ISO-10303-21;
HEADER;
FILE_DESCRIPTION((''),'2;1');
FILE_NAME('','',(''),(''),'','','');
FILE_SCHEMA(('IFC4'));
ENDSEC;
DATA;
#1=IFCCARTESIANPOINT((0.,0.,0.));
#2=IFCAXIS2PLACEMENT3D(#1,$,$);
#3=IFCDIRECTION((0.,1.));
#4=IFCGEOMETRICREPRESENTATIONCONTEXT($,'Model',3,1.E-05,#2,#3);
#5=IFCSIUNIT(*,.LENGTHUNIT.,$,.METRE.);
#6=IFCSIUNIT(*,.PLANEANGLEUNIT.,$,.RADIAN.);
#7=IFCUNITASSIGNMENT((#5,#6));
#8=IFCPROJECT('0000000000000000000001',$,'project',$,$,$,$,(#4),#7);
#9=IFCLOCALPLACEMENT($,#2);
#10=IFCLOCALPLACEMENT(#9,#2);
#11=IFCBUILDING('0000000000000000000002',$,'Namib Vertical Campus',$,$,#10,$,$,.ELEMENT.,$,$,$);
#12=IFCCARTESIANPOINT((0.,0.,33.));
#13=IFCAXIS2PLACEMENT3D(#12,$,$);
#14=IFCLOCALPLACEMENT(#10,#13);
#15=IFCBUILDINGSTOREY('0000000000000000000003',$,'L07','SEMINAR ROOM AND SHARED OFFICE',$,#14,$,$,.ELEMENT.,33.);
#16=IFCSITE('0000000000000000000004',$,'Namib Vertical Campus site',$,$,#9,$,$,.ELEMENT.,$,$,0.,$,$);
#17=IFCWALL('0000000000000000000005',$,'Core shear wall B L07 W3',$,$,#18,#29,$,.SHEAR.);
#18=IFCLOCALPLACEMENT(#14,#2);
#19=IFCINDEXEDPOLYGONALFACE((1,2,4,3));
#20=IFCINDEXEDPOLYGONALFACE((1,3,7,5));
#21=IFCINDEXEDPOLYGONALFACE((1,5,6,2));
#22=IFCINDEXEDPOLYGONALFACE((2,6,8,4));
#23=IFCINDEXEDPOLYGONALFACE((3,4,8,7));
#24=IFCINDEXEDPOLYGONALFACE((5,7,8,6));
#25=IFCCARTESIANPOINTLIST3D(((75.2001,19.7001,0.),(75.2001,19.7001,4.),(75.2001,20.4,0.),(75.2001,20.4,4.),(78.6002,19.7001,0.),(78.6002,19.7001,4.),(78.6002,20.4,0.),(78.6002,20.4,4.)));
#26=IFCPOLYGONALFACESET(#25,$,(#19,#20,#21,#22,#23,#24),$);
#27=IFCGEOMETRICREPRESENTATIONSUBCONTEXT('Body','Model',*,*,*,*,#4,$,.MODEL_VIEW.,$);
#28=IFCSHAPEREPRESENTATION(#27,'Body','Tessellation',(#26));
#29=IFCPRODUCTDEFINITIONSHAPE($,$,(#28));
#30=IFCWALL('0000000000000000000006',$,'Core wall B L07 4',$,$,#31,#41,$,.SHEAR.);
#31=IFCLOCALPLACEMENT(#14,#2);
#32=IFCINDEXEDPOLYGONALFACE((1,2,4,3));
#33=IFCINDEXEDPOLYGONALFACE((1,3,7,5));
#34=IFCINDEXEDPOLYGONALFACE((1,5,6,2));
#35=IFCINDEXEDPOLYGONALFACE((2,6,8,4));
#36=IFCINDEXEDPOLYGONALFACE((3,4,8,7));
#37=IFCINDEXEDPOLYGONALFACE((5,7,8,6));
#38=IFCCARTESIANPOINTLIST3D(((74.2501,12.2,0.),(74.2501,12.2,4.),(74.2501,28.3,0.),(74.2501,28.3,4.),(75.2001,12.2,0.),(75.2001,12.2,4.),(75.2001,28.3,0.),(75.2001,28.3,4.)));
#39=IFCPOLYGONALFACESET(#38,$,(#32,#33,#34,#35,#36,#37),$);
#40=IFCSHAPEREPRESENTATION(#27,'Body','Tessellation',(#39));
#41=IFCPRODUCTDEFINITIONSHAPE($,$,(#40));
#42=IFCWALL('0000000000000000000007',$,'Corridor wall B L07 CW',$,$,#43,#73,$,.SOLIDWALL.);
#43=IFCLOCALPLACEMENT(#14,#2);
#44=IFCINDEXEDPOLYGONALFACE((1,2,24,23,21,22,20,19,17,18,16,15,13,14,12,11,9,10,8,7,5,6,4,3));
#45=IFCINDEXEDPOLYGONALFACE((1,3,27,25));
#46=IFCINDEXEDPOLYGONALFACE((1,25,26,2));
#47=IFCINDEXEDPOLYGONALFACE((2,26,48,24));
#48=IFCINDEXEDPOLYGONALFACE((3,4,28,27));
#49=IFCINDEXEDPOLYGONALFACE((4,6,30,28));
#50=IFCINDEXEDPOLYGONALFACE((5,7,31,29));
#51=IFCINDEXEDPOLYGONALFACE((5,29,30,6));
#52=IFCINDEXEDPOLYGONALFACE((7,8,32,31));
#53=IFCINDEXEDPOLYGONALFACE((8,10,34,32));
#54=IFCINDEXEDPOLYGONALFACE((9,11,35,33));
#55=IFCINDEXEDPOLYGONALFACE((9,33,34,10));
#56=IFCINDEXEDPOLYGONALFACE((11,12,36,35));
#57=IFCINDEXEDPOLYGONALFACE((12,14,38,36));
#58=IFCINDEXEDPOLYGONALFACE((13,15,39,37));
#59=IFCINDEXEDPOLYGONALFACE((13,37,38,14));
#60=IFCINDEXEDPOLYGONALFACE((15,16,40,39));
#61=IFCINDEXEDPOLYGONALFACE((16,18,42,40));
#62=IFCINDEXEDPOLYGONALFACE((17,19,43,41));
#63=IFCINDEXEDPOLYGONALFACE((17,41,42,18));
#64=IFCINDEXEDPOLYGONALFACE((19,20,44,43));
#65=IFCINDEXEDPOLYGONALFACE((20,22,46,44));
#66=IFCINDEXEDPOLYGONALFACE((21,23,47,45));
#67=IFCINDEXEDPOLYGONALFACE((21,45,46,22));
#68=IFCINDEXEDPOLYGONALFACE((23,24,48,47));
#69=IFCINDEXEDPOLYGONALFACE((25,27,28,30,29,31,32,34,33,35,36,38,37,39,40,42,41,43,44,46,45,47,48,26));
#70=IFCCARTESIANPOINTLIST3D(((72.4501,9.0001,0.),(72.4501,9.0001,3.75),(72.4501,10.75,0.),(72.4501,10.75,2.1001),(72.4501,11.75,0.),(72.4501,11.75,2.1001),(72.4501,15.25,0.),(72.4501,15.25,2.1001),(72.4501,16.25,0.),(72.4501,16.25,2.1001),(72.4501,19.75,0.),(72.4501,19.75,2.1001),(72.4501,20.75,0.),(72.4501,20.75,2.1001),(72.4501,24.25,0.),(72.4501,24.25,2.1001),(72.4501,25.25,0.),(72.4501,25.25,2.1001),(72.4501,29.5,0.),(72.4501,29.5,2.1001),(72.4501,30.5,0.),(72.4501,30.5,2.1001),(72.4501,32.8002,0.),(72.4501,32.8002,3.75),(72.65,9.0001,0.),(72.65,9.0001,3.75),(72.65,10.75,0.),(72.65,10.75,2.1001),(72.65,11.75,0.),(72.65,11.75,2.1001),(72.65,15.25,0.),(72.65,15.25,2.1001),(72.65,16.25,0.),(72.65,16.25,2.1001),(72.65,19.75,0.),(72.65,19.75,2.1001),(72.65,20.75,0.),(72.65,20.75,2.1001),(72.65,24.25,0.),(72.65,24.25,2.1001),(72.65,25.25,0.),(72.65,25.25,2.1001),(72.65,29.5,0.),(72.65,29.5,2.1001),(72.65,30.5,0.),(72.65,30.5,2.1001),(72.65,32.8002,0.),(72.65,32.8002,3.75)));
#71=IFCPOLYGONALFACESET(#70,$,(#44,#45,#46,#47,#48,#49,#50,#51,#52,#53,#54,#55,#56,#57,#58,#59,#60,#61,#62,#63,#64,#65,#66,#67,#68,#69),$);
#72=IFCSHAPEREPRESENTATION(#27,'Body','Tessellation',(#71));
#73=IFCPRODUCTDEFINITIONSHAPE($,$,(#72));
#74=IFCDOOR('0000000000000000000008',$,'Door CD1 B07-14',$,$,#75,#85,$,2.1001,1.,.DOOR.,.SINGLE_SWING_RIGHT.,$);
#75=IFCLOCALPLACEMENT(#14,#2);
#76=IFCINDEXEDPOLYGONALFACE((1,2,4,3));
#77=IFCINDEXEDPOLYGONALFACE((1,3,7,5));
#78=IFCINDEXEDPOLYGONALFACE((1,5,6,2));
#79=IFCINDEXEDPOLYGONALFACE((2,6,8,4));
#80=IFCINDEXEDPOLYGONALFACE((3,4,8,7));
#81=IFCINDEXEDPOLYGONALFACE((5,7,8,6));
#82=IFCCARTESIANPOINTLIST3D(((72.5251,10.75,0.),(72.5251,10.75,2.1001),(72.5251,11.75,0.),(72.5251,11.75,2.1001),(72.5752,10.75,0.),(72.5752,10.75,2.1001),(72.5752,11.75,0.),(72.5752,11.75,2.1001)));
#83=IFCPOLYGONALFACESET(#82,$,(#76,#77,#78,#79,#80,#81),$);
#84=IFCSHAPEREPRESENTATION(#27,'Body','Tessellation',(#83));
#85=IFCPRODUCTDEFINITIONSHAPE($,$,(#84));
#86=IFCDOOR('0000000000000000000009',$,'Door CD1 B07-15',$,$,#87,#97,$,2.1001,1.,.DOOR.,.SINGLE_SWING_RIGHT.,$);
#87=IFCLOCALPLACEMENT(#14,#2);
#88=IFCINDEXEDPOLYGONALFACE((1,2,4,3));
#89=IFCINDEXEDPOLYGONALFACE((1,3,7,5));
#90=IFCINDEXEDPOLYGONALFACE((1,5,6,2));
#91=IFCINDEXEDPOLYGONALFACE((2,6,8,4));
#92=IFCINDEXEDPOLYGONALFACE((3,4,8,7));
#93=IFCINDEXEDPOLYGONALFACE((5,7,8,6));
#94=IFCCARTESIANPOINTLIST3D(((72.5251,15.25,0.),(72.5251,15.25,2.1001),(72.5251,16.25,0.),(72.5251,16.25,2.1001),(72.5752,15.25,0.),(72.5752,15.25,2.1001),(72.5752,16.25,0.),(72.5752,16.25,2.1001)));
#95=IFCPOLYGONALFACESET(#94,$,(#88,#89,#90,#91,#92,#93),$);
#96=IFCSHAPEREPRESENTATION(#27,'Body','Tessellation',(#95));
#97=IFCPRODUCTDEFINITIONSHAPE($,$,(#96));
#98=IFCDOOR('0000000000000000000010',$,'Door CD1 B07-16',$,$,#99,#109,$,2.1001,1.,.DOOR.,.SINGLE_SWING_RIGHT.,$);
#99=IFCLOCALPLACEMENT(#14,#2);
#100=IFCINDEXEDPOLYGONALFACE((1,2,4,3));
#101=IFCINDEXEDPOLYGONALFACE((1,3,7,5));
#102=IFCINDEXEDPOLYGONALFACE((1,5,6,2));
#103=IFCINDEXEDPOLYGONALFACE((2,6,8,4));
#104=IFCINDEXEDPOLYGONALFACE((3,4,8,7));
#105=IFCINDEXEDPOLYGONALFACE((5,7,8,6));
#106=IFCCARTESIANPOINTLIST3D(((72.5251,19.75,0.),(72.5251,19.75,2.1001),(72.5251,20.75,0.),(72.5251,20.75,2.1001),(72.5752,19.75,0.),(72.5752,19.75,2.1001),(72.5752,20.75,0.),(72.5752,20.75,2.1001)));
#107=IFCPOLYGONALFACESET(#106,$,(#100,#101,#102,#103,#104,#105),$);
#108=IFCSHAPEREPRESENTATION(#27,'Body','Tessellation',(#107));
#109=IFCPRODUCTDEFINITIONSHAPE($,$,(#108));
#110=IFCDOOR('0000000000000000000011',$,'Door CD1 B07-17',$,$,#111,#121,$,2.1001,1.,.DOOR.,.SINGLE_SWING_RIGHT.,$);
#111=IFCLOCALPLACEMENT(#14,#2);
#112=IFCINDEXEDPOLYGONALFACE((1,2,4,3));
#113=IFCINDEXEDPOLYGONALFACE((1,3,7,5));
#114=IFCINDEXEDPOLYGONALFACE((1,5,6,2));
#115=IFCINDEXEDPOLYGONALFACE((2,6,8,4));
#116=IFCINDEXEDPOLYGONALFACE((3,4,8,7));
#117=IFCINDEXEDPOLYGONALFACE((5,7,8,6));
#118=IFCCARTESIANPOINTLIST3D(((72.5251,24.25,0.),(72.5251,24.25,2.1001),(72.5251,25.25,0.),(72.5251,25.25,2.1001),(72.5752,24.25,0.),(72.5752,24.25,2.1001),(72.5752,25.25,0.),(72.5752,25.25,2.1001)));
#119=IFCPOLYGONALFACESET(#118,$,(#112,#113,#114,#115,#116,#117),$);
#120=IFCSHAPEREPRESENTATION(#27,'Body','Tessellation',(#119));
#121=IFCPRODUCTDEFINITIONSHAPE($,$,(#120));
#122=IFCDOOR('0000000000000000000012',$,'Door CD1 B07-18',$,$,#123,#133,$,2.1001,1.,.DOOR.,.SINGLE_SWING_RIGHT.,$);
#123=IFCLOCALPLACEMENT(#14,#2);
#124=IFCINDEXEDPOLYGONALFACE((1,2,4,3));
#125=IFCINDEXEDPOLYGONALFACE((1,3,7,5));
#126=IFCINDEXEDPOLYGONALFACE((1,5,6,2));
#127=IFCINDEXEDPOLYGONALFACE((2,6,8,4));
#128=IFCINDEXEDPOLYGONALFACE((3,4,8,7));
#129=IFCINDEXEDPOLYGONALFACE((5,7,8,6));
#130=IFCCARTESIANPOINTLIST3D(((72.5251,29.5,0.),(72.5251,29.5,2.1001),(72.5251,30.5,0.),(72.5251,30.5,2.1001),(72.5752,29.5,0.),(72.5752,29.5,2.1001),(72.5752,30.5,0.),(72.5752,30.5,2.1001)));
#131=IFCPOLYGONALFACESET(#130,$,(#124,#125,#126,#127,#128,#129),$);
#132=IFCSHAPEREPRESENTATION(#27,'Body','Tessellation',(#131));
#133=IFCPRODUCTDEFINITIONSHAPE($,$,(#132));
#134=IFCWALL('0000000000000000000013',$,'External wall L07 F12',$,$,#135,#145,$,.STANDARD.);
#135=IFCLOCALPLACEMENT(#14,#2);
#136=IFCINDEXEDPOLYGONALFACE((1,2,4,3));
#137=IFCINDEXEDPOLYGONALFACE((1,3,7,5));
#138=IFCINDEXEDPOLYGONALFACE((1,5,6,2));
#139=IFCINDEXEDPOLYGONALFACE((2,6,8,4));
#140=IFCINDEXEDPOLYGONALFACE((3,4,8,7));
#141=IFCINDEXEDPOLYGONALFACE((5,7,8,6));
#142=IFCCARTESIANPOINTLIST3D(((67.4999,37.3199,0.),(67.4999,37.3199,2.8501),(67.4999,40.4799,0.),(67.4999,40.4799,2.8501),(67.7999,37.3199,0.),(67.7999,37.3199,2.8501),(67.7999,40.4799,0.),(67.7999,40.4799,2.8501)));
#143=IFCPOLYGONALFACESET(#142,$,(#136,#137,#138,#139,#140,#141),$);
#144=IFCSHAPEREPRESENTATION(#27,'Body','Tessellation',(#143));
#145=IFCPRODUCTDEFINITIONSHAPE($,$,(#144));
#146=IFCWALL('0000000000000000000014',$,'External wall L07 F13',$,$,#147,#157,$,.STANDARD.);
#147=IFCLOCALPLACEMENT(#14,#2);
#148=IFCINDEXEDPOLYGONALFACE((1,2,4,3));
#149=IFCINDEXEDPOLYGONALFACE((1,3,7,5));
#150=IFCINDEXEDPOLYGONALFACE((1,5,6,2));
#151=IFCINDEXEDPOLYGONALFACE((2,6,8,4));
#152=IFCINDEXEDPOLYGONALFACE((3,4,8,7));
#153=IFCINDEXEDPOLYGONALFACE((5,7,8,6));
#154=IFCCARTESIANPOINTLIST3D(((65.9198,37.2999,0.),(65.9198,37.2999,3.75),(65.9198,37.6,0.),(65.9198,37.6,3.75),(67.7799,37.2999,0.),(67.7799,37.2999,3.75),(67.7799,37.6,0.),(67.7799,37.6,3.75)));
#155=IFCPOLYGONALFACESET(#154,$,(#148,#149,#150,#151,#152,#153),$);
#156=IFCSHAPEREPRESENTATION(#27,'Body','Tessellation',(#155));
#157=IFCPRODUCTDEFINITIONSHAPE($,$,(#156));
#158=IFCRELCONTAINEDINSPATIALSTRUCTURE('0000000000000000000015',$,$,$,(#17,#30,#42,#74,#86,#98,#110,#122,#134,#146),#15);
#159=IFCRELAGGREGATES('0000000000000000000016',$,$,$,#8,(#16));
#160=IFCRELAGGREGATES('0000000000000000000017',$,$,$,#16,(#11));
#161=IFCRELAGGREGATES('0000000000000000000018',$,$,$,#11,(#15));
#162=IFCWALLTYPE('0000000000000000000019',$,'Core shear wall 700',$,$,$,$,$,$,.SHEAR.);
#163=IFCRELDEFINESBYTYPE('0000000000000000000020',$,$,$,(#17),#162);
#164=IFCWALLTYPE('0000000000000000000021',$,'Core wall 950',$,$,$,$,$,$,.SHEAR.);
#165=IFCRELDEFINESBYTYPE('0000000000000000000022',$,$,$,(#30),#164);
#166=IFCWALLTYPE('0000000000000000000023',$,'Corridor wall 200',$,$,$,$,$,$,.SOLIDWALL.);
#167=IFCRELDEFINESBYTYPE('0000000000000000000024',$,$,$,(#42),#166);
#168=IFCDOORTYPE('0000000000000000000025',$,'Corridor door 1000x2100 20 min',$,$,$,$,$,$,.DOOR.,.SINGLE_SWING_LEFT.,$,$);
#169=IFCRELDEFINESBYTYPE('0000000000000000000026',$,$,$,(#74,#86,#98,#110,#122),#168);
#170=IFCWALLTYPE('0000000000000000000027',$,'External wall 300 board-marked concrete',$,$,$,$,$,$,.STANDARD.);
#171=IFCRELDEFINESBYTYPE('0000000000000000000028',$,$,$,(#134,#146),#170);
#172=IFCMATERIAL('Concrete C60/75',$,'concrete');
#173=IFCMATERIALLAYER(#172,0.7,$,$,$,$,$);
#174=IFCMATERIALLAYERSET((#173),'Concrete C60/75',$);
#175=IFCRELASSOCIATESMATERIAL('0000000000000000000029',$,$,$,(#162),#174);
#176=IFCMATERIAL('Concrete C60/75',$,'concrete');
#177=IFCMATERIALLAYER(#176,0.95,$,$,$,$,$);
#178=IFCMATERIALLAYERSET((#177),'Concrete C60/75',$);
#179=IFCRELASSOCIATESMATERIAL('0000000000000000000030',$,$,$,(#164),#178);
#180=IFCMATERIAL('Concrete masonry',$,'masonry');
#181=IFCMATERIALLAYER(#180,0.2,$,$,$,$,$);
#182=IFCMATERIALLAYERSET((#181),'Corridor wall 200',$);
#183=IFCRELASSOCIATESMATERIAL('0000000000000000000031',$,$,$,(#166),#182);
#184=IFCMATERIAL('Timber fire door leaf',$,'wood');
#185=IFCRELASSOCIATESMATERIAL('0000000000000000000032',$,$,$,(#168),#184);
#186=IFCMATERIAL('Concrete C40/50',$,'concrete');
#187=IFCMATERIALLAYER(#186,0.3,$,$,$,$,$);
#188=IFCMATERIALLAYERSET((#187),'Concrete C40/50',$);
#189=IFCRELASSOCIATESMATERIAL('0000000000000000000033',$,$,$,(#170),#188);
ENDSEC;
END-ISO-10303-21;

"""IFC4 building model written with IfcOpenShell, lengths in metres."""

from ifc_helpers import new_model, si_unit, direction, frame, frame_2d, origin, place, context, subcontext, project, spatial, rectangle, extrude, material, layer, layer_set, type_object, element, fill, save


model = new_model("IFC4")

# Units and contexts
model_context = context("Model", 3, precision=1e-05, world=origin(), true_north=direction((0.0, 1.0)))
body_context = subcontext(model_context, "Body", "Model", "MODEL_VIEW")
ifc_project = project(units=[si_unit("LENGTHUNIT", "METRE"), si_unit("PLANEANGLEUNIT", "RADIAN")], contexts=[model_context])

# Site, building, storey
site_placement = place(None, origin())
site = spatial("IfcSite", under=ifc_project, at=site_placement, Name="Namib Vertical Campus site", CompositionType="ELEMENT", RefElevation=0.0)
building_placement = place(site_placement, origin())
building = spatial("IfcBuilding", under=site, at=building_placement, Name="Namib Vertical Campus", CompositionType="ELEMENT")
storey_placement = place(building_placement, frame((0.0, 0.0, 33.0)))
storey = spatial("IfcBuildingStorey", under=building, at=storey_placement, Name="L07", Description="SEMINAR ROOM AND SHARED OFFICE", CompositionType="ELEMENT", Elevation=33.0)

# Walls
ifc_material_1 = material(Name="Concrete C60/75", Category="concrete")
ifc_layer_1 = layer(ifc_material_1, 0.7)
ifc_layer_set_1 = layer_set([ifc_layer_1], Name="Concrete C60/75")
wall_type_1 = type_object("IfcWallType", Name="Core shear wall 700", PredefinedType="SHEAR", material=ifc_layer_set_1)
wall_1_placement = place(storey_placement, frame((75.2, 20.05, 0.0), z_axis=(0.0, 0.0, 1.0), x_axis=(1.0, 0.0, 0.0)))
element("IfcWall", 1, at=wall_1_placement, inside=storey, type_object=wall_type_1, Name="Core shear wall B L07 W3", PredefinedType="SHEAR", context=body_context, shape_type="SweptSolid", body=[
    extrude(rectangle(XDim=3.4001, YDim=0.7, at=frame_2d((1.7002, 0.0))), origin(), (0.0, 0.0, 1.0), 4.0),
])
ifc_material_2 = material(Name="Concrete C60/75", Category="concrete")
ifc_layer_2 = layer(ifc_material_2, 0.95)
ifc_layer_set_2 = layer_set([ifc_layer_2], Name="Concrete C60/75")
wall_type_2 = type_object("IfcWallType", Name="Core wall 950", PredefinedType="SHEAR", material=ifc_layer_set_2)
wall_2_placement = place(storey_placement, frame((74.7251, 28.3, 0.0), z_axis=(0.0, 0.0, 1.0), x_axis=(0.0, -1.0, 0.0)))
element("IfcWall", 2, at=wall_2_placement, inside=storey, type_object=wall_type_2, Name="Core wall B L07 4", PredefinedType="SHEAR", context=body_context, shape_type="SweptSolid", body=[
    extrude(rectangle(XDim=16.1001, YDim=0.95, at=frame_2d((8.05, 0.0))), origin(), (0.0, 0.0, 1.0), 4.0),
])

# Wall, openings, doors
ifc_material_3 = material(Name="Concrete masonry", Category="masonry")
ifc_layer_3 = layer(ifc_material_3, 0.2)
ifc_layer_set_3 = layer_set([ifc_layer_3], Name="Corridor wall 200")
wall_type_3 = type_object("IfcWallType", Name="Corridor wall 200", PredefinedType="SOLIDWALL", material=ifc_layer_set_3)
wall_3_placement = place(storey_placement, frame((72.55, 32.8, 0.0), z_axis=(0.0, 0.0, 1.0), x_axis=(0.0, -1.0, 0.0)))
wall_3 = element("IfcWall", 3, at=wall_3_placement, inside=storey, type_object=wall_type_3, Name="Corridor wall B L07 CW", PredefinedType="SOLIDWALL", context=body_context, shape_type="SweptSolid", body=[
    extrude(rectangle(XDim=23.8, YDim=0.2, at=frame_2d((11.8999, 0.0))), origin(), (0.0, 0.0, 1.0), 3.75),
])
opening_1_placement = place(wall_3_placement, frame((21.05, 0.0, 0.0)))
opening_1 = element("IfcOpeningElement", 4, at=opening_1_placement, cuts=wall_3, PredefinedType="OPENING", context=body_context, shape_type="SweptSolid", body=[
    extrude(rectangle(XDim=1.0, YDim=2.1001, at=frame_2d((0.5, 1.05))), frame((0.0, 0.1099, 0.0), z_axis=(0.0, -1.0, 0.0), x_axis=(1.0, 0.0, 0.0)), (0.0, 0.0, 1.0), 0.22),
])
opening_2_placement = place(wall_3_placement, frame((16.55, 0.0, 0.0)))
opening_2 = element("IfcOpeningElement", 5, at=opening_2_placement, cuts=wall_3, PredefinedType="OPENING", context=body_context, shape_type="SweptSolid", body=[
    extrude(rectangle(XDim=1.0, YDim=2.1001, at=frame_2d((0.5, 1.05))), frame((0.0, 0.1099, 0.0), z_axis=(0.0, -1.0, 0.0), x_axis=(1.0, 0.0, 0.0)), (0.0, 0.0, 1.0), 0.22),
])
opening_3_placement = place(wall_3_placement, frame((12.05, 0.0, 0.0)))
opening_3 = element("IfcOpeningElement", 6, at=opening_3_placement, cuts=wall_3, PredefinedType="OPENING", context=body_context, shape_type="SweptSolid", body=[
    extrude(rectangle(XDim=1.0, YDim=2.1001, at=frame_2d((0.5, 1.05))), frame((0.0, 0.1099, 0.0), z_axis=(0.0, -1.0, 0.0), x_axis=(1.0, 0.0, 0.0)), (0.0, 0.0, 1.0), 0.22),
])
opening_4_placement = place(wall_3_placement, frame((7.55, 0.0, 0.0)))
opening_4 = element("IfcOpeningElement", 7, at=opening_4_placement, cuts=wall_3, PredefinedType="OPENING", context=body_context, shape_type="SweptSolid", body=[
    extrude(rectangle(XDim=1.0, YDim=2.1001, at=frame_2d((0.5, 1.05))), frame((0.0, 0.1099, 0.0), z_axis=(0.0, -1.0, 0.0), x_axis=(1.0, 0.0, 0.0)), (0.0, 0.0, 1.0), 0.22),
])
opening_5_placement = place(wall_3_placement, frame((2.3, 0.0, 0.0)))
opening_5 = element("IfcOpeningElement", 8, at=opening_5_placement, cuts=wall_3, PredefinedType="OPENING", context=body_context, shape_type="SweptSolid", body=[
    extrude(rectangle(XDim=1.0, YDim=2.1001, at=frame_2d((0.5, 1.05))), frame((0.0, 0.1099, 0.0), z_axis=(0.0, -1.0, 0.0), x_axis=(1.0, 0.0, 0.0)), (0.0, 0.0, 1.0), 0.22),
])
ifc_material_4 = material(Name="Timber fire door leaf", Category="wood")
door_type_1 = type_object("IfcDoorType", Name="Corridor door 1000x2100 20 min", OperationType="SINGLE_SWING_LEFT", PredefinedType="DOOR", material=ifc_material_4)
door_1_placement = place(opening_1_placement, frame((1.0, 0.0, 0.0), z_axis=(0.0, 0.0, 1.0), x_axis=(-1.0, 0.0, 0.0)))
door_1 = element("IfcDoor", 9, at=door_1_placement, inside=storey, type_object=door_type_1, Name="Door CD1 B07-14", OperationType="SINGLE_SWING_RIGHT", OverallHeight=2.1001, OverallWidth=1.0, PredefinedType="DOOR", context=body_context, shape_type="SweptSolid", body=[
    extrude(rectangle(XDim=1.0, YDim=2.1001, at=frame_2d((0.5, 1.05))), frame((0.0, 0.0249, 0.0), z_axis=(0.0, -1.0, 0.0), x_axis=(1.0, 0.0, 0.0)), (0.0, 0.0, 1.0), 0.05),
])
fill(opening_1, door_1)
door_2_placement = place(opening_2_placement, frame((1.0, 0.0, 0.0), z_axis=(0.0, 0.0, 1.0), x_axis=(-1.0, 0.0, 0.0)))
door_2 = element("IfcDoor", 10, at=door_2_placement, inside=storey, type_object=door_type_1, Name="Door CD1 B07-15", OperationType="SINGLE_SWING_RIGHT", OverallHeight=2.1001, OverallWidth=1.0, PredefinedType="DOOR", context=body_context, shape_type="SweptSolid", body=[
    extrude(rectangle(XDim=1.0, YDim=2.1001, at=frame_2d((0.5, 1.05))), frame((0.0, 0.0249, 0.0), z_axis=(0.0, -1.0, 0.0), x_axis=(1.0, 0.0, 0.0)), (0.0, 0.0, 1.0), 0.05),
])
fill(opening_2, door_2)
door_3_placement = place(opening_3_placement, frame((1.0, 0.0, 0.0), z_axis=(0.0, 0.0, 1.0), x_axis=(-1.0, 0.0, 0.0)))
door_3 = element("IfcDoor", 11, at=door_3_placement, inside=storey, type_object=door_type_1, Name="Door CD1 B07-16", OperationType="SINGLE_SWING_RIGHT", OverallHeight=2.1001, OverallWidth=1.0, PredefinedType="DOOR", context=body_context, shape_type="SweptSolid", body=[
    extrude(rectangle(XDim=1.0, YDim=2.1001, at=frame_2d((0.5, 1.05))), frame((0.0, 0.0249, 0.0), z_axis=(0.0, -1.0, 0.0), x_axis=(1.0, 0.0, 0.0)), (0.0, 0.0, 1.0), 0.05),
])
fill(opening_3, door_3)
door_4_placement = place(opening_4_placement, frame((1.0, 0.0, 0.0), z_axis=(0.0, 0.0, 1.0), x_axis=(-1.0, 0.0, 0.0)))
door_4 = element("IfcDoor", 12, at=door_4_placement, inside=storey, type_object=door_type_1, Name="Door CD1 B07-17", OperationType="SINGLE_SWING_RIGHT", OverallHeight=2.1001, OverallWidth=1.0, PredefinedType="DOOR", context=body_context, shape_type="SweptSolid", body=[
    extrude(rectangle(XDim=1.0, YDim=2.1001, at=frame_2d((0.5, 1.05))), frame((0.0, 0.0249, 0.0), z_axis=(0.0, -1.0, 0.0), x_axis=(1.0, 0.0, 0.0)), (0.0, 0.0, 1.0), 0.05),
])
fill(opening_4, door_4)
door_5_placement = place(opening_5_placement, frame((1.0, 0.0, 0.0), z_axis=(0.0, 0.0, 1.0), x_axis=(-1.0, 0.0, 0.0)))
door_5 = element("IfcDoor", 13, at=door_5_placement, inside=storey, type_object=door_type_1, Name="Door CD1 B07-18", OperationType="SINGLE_SWING_RIGHT", OverallHeight=2.1001, OverallWidth=1.0, PredefinedType="DOOR", context=body_context, shape_type="SweptSolid", body=[
    extrude(rectangle(XDim=1.0, YDim=2.1001, at=frame_2d((0.5, 1.05))), frame((0.0, 0.0249, 0.0), z_axis=(0.0, -1.0, 0.0), x_axis=(1.0, 0.0, 0.0)), (0.0, 0.0, 1.0), 0.05),
])
fill(opening_5, door_5)

# Walls
ifc_material_5 = material(Name="Concrete C40/50", Category="concrete")
ifc_layer_4 = layer(ifc_material_5, 0.3)
ifc_layer_set_4 = layer_set([ifc_layer_4], Name="Concrete C40/50")
wall_type_4 = type_object("IfcWallType", Name="External wall 300 board-marked concrete", PredefinedType="STANDARD", material=ifc_layer_set_4)
wall_4_placement = place(storey_placement, frame((67.6499, 40.48, 0.0), z_axis=(0.0, 0.0, 1.0), x_axis=(0.0, -1.0, 0.0)))
element("IfcWall", 14, at=wall_4_placement, inside=storey, type_object=wall_type_4, Name="External wall L07 F12", PredefinedType="STANDARD", context=body_context, shape_type="SweptSolid", body=[
    extrude(rectangle(XDim=3.1599, YDim=0.3, at=frame_2d((1.5801, 0.0))), origin(), (0.0, 0.0, 1.0), 2.8501),
])
wall_5_placement = place(storey_placement, frame((67.78, 37.45, 0.0), z_axis=(0.0, 0.0, 1.0), x_axis=(-1.0, 0.0, 0.0)))
element("IfcWall", 15, at=wall_5_placement, inside=storey, type_object=wall_type_4, Name="External wall L07 F13", PredefinedType="STANDARD", context=body_context, shape_type="SweptSolid", body=[
    extrude(rectangle(XDim=1.8601, YDim=0.3, at=frame_2d((0.9302, 0.0))), origin(), (0.0, 0.0, 1.0), 3.75),
])

save(model, "model.ifc")
